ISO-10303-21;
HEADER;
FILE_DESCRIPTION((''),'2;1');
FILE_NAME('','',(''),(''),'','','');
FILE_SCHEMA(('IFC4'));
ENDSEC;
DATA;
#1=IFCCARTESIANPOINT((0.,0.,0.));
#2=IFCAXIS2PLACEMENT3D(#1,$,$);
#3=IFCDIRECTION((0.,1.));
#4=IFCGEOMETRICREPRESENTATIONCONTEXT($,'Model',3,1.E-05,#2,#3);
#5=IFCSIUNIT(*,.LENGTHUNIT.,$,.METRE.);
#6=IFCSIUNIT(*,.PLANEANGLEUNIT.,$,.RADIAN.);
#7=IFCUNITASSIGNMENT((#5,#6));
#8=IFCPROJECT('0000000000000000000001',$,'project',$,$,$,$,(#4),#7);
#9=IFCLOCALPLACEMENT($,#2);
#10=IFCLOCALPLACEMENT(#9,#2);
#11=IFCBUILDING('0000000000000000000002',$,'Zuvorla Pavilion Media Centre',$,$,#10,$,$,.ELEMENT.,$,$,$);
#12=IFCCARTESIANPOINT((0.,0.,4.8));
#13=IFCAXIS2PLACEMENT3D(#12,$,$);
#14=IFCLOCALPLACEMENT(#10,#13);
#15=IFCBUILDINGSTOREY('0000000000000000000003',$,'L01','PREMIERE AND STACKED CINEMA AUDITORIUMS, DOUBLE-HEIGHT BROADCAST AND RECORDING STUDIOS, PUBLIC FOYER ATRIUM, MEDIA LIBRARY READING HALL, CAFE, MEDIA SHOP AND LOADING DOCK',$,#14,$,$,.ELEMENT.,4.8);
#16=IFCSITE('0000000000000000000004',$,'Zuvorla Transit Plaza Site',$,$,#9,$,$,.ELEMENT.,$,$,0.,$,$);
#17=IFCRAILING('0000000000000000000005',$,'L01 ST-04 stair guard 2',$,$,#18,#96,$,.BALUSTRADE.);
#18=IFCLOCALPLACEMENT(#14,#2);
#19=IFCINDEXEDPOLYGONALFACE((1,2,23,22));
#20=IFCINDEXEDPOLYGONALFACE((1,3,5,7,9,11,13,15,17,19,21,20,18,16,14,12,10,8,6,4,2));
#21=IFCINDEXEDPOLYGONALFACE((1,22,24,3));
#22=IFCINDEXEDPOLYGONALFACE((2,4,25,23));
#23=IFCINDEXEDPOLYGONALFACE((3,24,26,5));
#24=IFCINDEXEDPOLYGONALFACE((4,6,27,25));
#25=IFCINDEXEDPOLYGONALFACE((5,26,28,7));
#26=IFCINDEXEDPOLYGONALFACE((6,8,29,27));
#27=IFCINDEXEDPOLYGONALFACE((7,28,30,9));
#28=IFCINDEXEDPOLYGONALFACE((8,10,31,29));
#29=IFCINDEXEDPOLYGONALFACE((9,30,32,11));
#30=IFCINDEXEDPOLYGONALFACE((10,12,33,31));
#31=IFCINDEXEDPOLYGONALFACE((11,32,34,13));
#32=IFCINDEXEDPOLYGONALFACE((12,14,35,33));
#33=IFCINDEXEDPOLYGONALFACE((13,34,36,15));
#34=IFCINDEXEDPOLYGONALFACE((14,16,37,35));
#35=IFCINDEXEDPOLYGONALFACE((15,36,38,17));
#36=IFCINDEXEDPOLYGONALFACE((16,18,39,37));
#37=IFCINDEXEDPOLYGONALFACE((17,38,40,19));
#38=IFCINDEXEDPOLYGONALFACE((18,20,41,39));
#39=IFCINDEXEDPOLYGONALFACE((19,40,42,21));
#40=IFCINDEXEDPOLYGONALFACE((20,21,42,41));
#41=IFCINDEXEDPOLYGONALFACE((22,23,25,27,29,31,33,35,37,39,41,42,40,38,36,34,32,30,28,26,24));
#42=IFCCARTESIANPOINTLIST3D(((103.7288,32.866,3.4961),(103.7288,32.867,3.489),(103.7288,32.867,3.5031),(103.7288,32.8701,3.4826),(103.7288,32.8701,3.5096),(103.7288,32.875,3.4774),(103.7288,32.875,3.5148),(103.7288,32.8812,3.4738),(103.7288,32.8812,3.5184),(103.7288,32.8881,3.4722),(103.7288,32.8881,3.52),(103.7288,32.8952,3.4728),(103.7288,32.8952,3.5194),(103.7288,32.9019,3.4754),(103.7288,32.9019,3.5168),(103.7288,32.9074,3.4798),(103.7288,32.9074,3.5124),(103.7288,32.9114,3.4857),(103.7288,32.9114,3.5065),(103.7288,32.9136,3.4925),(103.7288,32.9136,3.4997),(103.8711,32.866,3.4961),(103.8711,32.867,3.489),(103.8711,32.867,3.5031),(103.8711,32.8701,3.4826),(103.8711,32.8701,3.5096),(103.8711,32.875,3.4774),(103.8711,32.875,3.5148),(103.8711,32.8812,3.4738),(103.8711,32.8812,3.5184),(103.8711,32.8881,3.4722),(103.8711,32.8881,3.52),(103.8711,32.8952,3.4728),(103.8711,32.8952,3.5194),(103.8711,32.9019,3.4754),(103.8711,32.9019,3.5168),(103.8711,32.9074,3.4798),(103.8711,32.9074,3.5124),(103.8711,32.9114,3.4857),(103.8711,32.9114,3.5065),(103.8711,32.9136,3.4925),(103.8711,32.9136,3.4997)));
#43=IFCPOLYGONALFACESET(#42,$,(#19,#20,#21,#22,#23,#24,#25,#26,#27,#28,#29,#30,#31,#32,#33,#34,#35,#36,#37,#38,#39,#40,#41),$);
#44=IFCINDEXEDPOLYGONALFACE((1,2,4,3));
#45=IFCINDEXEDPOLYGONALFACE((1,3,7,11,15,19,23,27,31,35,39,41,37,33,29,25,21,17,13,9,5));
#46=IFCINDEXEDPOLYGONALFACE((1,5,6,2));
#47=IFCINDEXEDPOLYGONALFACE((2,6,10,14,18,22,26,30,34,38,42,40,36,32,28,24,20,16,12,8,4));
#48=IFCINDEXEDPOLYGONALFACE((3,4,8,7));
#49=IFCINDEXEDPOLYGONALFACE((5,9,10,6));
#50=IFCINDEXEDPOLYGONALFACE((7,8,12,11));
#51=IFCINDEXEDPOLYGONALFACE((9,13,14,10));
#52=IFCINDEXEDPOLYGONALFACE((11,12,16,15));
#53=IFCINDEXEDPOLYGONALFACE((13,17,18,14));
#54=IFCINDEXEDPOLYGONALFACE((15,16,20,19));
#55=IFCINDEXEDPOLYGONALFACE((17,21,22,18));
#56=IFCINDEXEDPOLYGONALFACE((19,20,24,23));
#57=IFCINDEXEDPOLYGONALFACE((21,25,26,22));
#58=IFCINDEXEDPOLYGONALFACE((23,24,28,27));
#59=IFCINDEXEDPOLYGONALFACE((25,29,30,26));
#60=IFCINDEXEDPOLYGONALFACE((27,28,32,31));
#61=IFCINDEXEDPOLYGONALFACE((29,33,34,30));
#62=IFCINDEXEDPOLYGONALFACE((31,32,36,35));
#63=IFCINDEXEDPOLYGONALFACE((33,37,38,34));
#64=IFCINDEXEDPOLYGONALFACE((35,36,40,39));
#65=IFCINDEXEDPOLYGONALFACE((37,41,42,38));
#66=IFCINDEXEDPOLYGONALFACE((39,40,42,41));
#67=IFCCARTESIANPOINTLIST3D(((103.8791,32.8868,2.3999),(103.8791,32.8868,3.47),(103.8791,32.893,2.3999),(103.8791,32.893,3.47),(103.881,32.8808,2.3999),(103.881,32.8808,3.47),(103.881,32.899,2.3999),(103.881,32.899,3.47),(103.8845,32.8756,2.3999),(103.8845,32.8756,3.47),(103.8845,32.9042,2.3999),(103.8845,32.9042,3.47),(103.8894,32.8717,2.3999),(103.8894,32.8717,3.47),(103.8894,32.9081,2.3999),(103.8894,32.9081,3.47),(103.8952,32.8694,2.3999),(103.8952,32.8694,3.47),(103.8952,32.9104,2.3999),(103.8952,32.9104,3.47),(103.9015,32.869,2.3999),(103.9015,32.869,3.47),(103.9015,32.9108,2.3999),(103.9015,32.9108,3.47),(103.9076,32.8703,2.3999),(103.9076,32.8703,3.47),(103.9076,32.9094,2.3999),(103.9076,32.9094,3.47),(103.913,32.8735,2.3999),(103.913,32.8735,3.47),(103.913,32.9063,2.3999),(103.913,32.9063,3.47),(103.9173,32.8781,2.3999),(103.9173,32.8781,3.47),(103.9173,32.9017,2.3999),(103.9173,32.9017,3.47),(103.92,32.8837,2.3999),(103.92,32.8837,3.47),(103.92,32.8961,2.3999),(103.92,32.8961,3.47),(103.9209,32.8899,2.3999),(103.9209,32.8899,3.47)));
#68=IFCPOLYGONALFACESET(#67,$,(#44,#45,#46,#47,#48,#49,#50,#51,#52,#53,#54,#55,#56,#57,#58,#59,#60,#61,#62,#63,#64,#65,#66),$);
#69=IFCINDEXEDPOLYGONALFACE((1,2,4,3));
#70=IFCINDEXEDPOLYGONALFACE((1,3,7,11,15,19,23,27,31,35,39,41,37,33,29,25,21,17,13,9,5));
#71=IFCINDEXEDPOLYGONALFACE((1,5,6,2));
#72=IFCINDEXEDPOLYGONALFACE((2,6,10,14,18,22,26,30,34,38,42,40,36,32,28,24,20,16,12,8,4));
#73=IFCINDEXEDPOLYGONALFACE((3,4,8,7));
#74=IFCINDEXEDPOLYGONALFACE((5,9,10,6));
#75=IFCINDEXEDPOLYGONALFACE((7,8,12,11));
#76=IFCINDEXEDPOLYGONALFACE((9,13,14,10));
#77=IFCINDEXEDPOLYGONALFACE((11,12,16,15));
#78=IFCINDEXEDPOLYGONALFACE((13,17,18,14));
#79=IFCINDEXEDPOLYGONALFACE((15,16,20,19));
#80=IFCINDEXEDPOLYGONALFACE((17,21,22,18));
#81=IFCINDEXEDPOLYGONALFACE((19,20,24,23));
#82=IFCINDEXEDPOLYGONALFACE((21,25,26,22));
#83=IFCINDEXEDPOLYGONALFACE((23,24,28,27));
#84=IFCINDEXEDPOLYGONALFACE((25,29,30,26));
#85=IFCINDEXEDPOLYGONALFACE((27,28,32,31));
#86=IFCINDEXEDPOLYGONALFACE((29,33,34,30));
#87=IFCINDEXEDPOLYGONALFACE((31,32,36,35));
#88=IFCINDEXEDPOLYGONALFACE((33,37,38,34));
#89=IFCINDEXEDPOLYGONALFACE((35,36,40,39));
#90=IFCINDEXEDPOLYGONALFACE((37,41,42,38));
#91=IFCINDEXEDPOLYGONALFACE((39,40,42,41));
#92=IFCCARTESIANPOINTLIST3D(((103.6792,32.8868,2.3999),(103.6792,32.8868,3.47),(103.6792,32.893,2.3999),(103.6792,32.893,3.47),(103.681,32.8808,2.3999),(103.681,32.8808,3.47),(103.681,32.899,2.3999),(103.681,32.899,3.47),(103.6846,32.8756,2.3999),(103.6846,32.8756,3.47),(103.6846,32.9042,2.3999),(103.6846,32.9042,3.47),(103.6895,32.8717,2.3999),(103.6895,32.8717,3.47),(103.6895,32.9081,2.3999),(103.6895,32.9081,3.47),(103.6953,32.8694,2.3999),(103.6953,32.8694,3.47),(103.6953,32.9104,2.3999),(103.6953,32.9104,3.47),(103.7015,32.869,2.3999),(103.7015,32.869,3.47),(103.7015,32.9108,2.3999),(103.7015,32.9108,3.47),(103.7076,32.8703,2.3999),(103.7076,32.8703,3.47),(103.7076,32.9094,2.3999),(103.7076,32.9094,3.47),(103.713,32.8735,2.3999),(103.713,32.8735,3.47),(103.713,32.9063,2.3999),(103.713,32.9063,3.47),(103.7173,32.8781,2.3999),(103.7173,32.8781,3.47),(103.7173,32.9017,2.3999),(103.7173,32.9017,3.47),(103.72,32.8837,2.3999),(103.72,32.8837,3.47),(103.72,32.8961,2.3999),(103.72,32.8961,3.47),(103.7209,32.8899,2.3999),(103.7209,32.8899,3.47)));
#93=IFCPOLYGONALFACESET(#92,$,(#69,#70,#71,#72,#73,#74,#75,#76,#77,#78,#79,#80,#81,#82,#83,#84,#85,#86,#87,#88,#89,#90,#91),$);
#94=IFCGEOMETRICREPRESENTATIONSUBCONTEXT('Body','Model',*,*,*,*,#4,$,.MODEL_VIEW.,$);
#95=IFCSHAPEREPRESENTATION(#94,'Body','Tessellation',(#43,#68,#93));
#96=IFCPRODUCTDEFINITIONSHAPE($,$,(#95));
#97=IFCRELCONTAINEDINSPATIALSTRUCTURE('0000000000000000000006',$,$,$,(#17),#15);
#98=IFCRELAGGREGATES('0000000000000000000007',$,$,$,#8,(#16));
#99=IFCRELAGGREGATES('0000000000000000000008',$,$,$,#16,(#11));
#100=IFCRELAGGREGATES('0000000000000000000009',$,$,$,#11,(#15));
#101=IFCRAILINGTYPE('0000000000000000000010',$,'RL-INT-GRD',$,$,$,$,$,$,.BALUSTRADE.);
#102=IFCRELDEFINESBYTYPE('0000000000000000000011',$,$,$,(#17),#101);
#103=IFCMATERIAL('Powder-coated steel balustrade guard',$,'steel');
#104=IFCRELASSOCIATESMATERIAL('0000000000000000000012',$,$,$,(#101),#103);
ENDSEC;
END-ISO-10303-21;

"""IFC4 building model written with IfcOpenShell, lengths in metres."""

from ifc_helpers import new_model, si_unit, direction, frame, origin, origin_2d, place, context, subcontext, project, spatial, circle, extrude, material, type_object, element, save


model = new_model("IFC4")

# Units and contexts
model_context = context("Model", 3, precision=1e-05, world=origin(), true_north=direction((0.0, 1.0)))
body_context = subcontext(model_context, "Body", "Model", "MODEL_VIEW")
ifc_project = project(units=[si_unit("LENGTHUNIT", "METRE"), si_unit("PLANEANGLEUNIT", "RADIAN")], contexts=[model_context])

# Site, building, storey
site_placement = place(None, origin())
site = spatial("IfcSite", under=ifc_project, at=site_placement, Name="Zuvorla Transit Plaza Site", CompositionType="ELEMENT", RefElevation=0.0)
building_placement = place(site_placement, origin())
building = spatial("IfcBuilding", under=site, at=building_placement, Name="Zuvorla Pavilion Media Centre", CompositionType="ELEMENT")
storey_placement = place(building_placement, frame((0.0, 0.0, 4.8)))
storey = spatial("IfcBuildingStorey", under=building, at=storey_placement, Name="L01", Description="PREMIERE AND STACKED CINEMA AUDITORIUMS, DOUBLE-HEIGHT BROADCAST AND RECORDING STUDIOS, PUBLIC FOYER ATRIUM, MEDIA LIBRARY READING HALL, CAFE, MEDIA SHOP AND LOADING DOCK", CompositionType="ELEMENT", Elevation=4.8)

# Railing
ifc_material_1 = material(Name="Powder-coated steel balustrade guard", Category="steel")
railing_type_1 = type_object("IfcRailingType", Name="RL-INT-GRD", PredefinedType="BALUSTRADE", material=ifc_material_1)
railing_1_placement = place(storey_placement, frame((103.8999, 32.8899, 2.3999)))
element("IfcRailing", 1, at=railing_1_placement, inside=storey, type_object=railing_type_1, Name="L01 ST-04 stair guard 2", PredefinedType="BALUSTRADE", context=body_context, shape_type="SweptSolid", body=[
    extrude(circle(Radius=0.0239, at=origin_2d()), frame((-0.0288, 0.0, 1.0962), z_axis=(-1.0, 0.0, 0.0), x_axis=(0.0, -1.0, 0.0)), (0.0, 0.0, 1.0), 0.1423),
    extrude(circle(Radius=0.021, at=origin_2d()), origin(), (0.0, 0.0, 1.0), 1.0701),
    extrude(circle(Radius=0.021, at=origin_2d()), frame((-0.2, 0.0, 0.0)), (0.0, 0.0, 1.0), 1.0701),
])

save(model, "model.ifc")
